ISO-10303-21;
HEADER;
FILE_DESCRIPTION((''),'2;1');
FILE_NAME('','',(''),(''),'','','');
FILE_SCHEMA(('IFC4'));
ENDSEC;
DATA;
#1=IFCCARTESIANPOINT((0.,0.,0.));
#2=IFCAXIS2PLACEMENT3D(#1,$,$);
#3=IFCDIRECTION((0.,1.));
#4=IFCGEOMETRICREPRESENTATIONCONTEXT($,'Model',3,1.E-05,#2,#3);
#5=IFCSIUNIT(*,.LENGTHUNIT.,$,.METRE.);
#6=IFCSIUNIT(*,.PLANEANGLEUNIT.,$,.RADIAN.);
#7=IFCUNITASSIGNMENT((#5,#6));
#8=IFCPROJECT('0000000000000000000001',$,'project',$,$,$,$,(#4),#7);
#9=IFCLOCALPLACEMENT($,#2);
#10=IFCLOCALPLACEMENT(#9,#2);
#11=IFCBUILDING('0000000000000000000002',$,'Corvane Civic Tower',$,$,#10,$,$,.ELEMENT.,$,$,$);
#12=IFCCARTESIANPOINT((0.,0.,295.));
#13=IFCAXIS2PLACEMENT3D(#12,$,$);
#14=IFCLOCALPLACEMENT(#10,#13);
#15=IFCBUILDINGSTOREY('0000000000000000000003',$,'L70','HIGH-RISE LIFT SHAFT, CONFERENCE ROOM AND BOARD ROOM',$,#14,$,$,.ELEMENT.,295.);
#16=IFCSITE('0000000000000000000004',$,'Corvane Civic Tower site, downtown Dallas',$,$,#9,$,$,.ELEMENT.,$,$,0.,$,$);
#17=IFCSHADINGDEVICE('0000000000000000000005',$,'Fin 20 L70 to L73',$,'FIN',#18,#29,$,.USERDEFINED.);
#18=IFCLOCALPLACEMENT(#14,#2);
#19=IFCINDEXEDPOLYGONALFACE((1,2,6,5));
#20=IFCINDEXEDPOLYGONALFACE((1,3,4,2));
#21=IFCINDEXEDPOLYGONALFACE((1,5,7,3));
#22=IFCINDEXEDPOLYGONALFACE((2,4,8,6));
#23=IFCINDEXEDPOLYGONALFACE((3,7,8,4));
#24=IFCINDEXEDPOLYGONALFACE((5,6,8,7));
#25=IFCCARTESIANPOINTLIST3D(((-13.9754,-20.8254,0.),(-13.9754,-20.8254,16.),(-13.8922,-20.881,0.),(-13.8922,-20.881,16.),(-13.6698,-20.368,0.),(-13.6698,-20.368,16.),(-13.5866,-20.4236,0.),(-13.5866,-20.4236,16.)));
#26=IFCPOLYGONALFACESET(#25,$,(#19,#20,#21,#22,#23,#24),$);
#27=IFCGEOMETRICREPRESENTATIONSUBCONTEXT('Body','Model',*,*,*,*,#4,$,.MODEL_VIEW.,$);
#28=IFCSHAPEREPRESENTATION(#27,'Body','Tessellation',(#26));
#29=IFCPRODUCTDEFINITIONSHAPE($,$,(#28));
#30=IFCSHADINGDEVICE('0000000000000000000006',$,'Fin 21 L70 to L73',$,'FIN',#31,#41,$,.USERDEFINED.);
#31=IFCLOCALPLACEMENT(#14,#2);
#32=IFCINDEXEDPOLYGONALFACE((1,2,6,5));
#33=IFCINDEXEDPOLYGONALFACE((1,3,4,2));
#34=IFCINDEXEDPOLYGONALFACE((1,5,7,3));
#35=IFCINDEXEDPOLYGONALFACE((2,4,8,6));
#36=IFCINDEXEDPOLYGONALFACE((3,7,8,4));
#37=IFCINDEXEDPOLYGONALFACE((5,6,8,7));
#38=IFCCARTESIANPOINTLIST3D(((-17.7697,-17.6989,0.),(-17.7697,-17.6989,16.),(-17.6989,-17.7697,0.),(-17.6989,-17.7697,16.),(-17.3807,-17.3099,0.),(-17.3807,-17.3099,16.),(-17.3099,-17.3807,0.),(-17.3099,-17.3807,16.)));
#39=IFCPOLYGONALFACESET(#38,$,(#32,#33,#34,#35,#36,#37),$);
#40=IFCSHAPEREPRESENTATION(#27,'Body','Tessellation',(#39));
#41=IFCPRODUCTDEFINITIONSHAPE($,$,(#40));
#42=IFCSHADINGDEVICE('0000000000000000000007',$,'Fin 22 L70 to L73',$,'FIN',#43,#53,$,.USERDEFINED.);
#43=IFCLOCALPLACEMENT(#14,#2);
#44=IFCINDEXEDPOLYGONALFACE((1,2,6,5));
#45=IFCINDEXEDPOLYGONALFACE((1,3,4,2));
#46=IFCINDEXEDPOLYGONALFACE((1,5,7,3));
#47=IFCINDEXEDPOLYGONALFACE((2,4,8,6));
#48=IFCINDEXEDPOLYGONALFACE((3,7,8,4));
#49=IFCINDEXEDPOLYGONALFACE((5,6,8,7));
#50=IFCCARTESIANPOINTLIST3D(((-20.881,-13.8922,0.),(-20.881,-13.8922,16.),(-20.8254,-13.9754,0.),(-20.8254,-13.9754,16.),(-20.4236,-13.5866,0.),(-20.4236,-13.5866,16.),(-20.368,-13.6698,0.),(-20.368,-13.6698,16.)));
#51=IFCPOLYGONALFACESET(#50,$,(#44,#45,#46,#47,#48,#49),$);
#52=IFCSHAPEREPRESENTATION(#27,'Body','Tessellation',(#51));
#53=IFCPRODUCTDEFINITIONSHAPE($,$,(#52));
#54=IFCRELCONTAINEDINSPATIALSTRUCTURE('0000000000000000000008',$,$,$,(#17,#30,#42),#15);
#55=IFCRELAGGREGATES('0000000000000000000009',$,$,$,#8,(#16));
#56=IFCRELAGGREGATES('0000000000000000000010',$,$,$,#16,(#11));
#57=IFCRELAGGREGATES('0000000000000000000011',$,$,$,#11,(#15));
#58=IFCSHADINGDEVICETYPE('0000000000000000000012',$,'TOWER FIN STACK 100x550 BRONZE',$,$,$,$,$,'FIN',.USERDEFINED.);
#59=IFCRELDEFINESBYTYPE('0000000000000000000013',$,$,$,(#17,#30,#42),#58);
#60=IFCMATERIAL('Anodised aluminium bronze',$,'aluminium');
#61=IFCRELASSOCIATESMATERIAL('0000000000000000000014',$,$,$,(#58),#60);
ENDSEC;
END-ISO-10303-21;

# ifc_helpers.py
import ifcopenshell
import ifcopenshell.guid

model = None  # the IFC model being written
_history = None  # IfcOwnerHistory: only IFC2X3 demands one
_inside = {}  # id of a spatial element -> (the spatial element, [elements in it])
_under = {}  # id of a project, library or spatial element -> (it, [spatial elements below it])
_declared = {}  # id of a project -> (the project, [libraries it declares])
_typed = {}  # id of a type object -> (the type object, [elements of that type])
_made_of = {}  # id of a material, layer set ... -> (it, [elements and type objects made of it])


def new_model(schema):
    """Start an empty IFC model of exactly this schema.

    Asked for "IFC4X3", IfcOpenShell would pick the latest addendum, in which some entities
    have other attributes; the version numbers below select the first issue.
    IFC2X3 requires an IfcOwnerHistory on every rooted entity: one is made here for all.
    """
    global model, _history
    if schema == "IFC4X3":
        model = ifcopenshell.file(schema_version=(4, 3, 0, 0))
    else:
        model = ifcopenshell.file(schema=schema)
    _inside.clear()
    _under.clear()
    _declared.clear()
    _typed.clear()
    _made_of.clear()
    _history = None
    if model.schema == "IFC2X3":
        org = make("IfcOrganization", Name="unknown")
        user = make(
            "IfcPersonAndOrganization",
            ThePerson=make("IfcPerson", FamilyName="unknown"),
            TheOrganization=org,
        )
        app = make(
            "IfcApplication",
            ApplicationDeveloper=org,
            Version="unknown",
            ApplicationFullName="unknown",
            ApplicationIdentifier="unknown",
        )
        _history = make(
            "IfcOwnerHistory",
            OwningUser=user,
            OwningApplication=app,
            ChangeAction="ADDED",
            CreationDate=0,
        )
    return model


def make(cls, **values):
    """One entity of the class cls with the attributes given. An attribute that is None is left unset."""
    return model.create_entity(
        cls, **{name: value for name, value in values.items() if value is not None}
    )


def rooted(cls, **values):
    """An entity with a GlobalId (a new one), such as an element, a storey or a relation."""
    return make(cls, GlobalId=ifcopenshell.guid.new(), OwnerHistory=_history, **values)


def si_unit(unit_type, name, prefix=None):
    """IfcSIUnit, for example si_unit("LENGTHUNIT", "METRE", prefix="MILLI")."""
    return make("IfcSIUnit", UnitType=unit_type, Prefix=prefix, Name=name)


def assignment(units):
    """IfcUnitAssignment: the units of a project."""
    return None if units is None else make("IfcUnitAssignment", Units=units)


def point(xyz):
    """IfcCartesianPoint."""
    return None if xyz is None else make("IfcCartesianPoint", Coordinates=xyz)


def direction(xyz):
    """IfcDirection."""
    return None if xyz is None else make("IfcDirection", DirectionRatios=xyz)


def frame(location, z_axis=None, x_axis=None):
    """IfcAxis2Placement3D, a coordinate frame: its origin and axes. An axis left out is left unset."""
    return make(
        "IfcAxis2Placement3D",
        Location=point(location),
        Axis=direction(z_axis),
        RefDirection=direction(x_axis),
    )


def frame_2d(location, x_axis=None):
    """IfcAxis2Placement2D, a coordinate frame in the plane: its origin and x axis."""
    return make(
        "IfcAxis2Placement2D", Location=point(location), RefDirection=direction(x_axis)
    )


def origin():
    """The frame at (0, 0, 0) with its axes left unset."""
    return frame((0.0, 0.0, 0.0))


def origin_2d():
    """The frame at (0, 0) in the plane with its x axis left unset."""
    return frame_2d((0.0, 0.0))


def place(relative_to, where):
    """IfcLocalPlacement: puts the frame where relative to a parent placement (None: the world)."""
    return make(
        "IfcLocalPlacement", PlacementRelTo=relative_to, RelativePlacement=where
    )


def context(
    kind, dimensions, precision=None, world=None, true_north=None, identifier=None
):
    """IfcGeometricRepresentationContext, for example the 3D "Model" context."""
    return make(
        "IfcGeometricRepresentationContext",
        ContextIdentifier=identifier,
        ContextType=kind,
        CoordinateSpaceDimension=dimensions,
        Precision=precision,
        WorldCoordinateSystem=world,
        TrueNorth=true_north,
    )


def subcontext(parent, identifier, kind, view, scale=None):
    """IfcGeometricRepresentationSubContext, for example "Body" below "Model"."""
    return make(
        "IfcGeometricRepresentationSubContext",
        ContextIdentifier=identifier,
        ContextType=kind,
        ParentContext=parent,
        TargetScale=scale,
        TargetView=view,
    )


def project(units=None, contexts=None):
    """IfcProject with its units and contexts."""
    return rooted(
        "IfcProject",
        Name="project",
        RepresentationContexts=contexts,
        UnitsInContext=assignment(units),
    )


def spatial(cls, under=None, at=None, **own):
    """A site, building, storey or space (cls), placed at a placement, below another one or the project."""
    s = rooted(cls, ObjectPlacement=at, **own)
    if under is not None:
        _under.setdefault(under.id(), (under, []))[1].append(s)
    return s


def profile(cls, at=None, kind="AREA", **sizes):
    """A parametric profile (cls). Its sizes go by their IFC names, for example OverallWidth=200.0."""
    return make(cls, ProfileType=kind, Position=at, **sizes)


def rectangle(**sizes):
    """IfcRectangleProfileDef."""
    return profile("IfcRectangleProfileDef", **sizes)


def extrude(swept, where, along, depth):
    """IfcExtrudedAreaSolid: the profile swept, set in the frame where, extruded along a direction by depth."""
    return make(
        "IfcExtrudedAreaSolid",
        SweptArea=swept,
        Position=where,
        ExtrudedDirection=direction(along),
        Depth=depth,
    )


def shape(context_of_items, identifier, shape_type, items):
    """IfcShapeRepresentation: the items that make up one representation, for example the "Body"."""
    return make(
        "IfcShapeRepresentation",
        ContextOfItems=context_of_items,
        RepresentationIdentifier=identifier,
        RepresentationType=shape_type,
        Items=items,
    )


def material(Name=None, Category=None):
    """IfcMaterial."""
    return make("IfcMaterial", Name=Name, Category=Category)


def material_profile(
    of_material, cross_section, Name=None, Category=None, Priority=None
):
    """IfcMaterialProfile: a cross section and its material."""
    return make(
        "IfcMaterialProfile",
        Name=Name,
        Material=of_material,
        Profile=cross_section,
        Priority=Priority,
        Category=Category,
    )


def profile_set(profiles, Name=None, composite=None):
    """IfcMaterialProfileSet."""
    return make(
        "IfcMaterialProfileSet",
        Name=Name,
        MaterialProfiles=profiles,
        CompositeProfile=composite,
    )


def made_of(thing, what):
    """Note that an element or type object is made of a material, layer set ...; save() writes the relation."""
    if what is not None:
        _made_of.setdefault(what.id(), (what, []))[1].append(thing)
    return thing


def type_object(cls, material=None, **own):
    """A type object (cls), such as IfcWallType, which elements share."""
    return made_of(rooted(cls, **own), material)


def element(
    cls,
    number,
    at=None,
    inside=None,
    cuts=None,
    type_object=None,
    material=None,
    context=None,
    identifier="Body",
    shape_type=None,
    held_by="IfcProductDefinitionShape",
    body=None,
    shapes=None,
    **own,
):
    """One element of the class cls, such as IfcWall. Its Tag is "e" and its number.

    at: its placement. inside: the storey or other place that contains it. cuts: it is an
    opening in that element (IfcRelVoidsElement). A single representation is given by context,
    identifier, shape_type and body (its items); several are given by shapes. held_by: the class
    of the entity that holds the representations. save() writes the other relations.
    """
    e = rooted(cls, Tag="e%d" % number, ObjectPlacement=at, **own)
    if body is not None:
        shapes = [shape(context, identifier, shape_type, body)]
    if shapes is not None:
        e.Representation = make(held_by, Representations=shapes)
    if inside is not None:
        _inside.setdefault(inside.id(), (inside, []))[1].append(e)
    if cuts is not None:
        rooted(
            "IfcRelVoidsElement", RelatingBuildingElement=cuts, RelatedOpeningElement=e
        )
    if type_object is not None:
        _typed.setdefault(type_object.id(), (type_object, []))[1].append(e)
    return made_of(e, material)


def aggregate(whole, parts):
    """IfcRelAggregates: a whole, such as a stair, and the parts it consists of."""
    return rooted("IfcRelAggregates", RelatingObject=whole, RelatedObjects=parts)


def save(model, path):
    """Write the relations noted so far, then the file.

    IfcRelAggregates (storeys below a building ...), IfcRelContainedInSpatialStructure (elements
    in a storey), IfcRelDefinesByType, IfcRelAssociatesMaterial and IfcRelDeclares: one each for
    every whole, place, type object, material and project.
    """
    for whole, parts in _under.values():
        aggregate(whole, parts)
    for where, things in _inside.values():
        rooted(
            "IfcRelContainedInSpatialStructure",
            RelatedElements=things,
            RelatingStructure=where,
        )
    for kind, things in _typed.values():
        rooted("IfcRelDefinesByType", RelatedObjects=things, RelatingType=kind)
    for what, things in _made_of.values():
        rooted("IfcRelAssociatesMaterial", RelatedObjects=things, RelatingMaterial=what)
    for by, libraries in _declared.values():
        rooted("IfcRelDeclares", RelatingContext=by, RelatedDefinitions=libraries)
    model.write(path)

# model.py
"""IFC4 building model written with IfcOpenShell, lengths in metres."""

from ifc_helpers import new_model, si_unit, direction, frame, origin, origin_2d, place, context, subcontext, project, spatial, rectangle, extrude, material, material_profile, profile_set, type_object, element, save


model = new_model("IFC4")

# Units and contexts
model_context = context("Model", 3, precision=1e-05, world=origin(), true_north=direction((0.0, 1.0)))
body_context = subcontext(model_context, "Body", "Model", "MODEL_VIEW")
ifc_project = project(units=[si_unit("LENGTHUNIT", "METRE"), si_unit("PLANEANGLEUNIT", "RADIAN")], contexts=[model_context])

# Site, building, storey
site_placement = place(None, origin())
site = spatial("IfcSite", under=ifc_project, at=site_placement, Name="Corvane Civic Tower site, downtown Dallas", CompositionType="ELEMENT", RefElevation=0.0)
building_placement = place(site_placement, origin())
building = spatial("IfcBuilding", under=site, at=building_placement, Name="Corvane Civic Tower", CompositionType="ELEMENT")
storey_placement = place(building_placement, frame((0.0, 0.0, 295.0)))
storey = spatial("IfcBuildingStorey", under=building, at=storey_placement, Name="L70", Description="HIGH-RISE LIFT SHAFT, CONFERENCE ROOM AND BOARD ROOM", CompositionType="ELEMENT", Elevation=295.0)

# Shading devices
ifc_material_1 = material(Name="Anodised aluminium bronze", Category="aluminium")
ifc_material_profile_1 = material_profile(ifc_material_1, rectangle(XDim=0.1001, YDim=0.55, at=origin_2d()), Name="TOWER FIN STACK 100x550 BRONZE")
ifc_profile_set_1 = profile_set([ifc_material_profile_1], Name="Anodised aluminium bronze")
shading_device_type = type_object("IfcShadingDeviceType", Name="TOWER FIN STACK 100x550 BRONZE", ElementType="FIN", PredefinedType="USERDEFINED", material=ifc_profile_set_1)
for number, where, z_axis, x_axis, name in (
    (1, (-13.781, -20.6245, 0.0), (0.0, 0.0, 1.0), (-0.83147, 0.55557, 0.0), "Fin 20 L70 to L73"),
    (2, (-17.5398, -17.5398, 0.0), (0.0, 0.0, 1.0), (-0.707107, 0.707107, 0.0), "Fin 21 L70 to L73"),
    (3, (-20.6245, -13.781, 0.0), (0.0, 0.0, 1.0), (-0.55557, 0.83147, 0.0), "Fin 22 L70 to L73"),
):
    element("IfcShadingDevice", number, at=place(storey_placement, frame(where, z_axis=z_axis, x_axis=x_axis)), inside=storey, type_object=shading_device_type, Name=name, ObjectType="FIN", PredefinedType="USERDEFINED", context=body_context, shape_type="SweptSolid", body=[
        extrude(rectangle(XDim=0.1001, YDim=0.55, at=origin_2d()), origin(), (0.0, 0.0, 1.0), 16.0),
    ])

save(model, "model.ifc")
